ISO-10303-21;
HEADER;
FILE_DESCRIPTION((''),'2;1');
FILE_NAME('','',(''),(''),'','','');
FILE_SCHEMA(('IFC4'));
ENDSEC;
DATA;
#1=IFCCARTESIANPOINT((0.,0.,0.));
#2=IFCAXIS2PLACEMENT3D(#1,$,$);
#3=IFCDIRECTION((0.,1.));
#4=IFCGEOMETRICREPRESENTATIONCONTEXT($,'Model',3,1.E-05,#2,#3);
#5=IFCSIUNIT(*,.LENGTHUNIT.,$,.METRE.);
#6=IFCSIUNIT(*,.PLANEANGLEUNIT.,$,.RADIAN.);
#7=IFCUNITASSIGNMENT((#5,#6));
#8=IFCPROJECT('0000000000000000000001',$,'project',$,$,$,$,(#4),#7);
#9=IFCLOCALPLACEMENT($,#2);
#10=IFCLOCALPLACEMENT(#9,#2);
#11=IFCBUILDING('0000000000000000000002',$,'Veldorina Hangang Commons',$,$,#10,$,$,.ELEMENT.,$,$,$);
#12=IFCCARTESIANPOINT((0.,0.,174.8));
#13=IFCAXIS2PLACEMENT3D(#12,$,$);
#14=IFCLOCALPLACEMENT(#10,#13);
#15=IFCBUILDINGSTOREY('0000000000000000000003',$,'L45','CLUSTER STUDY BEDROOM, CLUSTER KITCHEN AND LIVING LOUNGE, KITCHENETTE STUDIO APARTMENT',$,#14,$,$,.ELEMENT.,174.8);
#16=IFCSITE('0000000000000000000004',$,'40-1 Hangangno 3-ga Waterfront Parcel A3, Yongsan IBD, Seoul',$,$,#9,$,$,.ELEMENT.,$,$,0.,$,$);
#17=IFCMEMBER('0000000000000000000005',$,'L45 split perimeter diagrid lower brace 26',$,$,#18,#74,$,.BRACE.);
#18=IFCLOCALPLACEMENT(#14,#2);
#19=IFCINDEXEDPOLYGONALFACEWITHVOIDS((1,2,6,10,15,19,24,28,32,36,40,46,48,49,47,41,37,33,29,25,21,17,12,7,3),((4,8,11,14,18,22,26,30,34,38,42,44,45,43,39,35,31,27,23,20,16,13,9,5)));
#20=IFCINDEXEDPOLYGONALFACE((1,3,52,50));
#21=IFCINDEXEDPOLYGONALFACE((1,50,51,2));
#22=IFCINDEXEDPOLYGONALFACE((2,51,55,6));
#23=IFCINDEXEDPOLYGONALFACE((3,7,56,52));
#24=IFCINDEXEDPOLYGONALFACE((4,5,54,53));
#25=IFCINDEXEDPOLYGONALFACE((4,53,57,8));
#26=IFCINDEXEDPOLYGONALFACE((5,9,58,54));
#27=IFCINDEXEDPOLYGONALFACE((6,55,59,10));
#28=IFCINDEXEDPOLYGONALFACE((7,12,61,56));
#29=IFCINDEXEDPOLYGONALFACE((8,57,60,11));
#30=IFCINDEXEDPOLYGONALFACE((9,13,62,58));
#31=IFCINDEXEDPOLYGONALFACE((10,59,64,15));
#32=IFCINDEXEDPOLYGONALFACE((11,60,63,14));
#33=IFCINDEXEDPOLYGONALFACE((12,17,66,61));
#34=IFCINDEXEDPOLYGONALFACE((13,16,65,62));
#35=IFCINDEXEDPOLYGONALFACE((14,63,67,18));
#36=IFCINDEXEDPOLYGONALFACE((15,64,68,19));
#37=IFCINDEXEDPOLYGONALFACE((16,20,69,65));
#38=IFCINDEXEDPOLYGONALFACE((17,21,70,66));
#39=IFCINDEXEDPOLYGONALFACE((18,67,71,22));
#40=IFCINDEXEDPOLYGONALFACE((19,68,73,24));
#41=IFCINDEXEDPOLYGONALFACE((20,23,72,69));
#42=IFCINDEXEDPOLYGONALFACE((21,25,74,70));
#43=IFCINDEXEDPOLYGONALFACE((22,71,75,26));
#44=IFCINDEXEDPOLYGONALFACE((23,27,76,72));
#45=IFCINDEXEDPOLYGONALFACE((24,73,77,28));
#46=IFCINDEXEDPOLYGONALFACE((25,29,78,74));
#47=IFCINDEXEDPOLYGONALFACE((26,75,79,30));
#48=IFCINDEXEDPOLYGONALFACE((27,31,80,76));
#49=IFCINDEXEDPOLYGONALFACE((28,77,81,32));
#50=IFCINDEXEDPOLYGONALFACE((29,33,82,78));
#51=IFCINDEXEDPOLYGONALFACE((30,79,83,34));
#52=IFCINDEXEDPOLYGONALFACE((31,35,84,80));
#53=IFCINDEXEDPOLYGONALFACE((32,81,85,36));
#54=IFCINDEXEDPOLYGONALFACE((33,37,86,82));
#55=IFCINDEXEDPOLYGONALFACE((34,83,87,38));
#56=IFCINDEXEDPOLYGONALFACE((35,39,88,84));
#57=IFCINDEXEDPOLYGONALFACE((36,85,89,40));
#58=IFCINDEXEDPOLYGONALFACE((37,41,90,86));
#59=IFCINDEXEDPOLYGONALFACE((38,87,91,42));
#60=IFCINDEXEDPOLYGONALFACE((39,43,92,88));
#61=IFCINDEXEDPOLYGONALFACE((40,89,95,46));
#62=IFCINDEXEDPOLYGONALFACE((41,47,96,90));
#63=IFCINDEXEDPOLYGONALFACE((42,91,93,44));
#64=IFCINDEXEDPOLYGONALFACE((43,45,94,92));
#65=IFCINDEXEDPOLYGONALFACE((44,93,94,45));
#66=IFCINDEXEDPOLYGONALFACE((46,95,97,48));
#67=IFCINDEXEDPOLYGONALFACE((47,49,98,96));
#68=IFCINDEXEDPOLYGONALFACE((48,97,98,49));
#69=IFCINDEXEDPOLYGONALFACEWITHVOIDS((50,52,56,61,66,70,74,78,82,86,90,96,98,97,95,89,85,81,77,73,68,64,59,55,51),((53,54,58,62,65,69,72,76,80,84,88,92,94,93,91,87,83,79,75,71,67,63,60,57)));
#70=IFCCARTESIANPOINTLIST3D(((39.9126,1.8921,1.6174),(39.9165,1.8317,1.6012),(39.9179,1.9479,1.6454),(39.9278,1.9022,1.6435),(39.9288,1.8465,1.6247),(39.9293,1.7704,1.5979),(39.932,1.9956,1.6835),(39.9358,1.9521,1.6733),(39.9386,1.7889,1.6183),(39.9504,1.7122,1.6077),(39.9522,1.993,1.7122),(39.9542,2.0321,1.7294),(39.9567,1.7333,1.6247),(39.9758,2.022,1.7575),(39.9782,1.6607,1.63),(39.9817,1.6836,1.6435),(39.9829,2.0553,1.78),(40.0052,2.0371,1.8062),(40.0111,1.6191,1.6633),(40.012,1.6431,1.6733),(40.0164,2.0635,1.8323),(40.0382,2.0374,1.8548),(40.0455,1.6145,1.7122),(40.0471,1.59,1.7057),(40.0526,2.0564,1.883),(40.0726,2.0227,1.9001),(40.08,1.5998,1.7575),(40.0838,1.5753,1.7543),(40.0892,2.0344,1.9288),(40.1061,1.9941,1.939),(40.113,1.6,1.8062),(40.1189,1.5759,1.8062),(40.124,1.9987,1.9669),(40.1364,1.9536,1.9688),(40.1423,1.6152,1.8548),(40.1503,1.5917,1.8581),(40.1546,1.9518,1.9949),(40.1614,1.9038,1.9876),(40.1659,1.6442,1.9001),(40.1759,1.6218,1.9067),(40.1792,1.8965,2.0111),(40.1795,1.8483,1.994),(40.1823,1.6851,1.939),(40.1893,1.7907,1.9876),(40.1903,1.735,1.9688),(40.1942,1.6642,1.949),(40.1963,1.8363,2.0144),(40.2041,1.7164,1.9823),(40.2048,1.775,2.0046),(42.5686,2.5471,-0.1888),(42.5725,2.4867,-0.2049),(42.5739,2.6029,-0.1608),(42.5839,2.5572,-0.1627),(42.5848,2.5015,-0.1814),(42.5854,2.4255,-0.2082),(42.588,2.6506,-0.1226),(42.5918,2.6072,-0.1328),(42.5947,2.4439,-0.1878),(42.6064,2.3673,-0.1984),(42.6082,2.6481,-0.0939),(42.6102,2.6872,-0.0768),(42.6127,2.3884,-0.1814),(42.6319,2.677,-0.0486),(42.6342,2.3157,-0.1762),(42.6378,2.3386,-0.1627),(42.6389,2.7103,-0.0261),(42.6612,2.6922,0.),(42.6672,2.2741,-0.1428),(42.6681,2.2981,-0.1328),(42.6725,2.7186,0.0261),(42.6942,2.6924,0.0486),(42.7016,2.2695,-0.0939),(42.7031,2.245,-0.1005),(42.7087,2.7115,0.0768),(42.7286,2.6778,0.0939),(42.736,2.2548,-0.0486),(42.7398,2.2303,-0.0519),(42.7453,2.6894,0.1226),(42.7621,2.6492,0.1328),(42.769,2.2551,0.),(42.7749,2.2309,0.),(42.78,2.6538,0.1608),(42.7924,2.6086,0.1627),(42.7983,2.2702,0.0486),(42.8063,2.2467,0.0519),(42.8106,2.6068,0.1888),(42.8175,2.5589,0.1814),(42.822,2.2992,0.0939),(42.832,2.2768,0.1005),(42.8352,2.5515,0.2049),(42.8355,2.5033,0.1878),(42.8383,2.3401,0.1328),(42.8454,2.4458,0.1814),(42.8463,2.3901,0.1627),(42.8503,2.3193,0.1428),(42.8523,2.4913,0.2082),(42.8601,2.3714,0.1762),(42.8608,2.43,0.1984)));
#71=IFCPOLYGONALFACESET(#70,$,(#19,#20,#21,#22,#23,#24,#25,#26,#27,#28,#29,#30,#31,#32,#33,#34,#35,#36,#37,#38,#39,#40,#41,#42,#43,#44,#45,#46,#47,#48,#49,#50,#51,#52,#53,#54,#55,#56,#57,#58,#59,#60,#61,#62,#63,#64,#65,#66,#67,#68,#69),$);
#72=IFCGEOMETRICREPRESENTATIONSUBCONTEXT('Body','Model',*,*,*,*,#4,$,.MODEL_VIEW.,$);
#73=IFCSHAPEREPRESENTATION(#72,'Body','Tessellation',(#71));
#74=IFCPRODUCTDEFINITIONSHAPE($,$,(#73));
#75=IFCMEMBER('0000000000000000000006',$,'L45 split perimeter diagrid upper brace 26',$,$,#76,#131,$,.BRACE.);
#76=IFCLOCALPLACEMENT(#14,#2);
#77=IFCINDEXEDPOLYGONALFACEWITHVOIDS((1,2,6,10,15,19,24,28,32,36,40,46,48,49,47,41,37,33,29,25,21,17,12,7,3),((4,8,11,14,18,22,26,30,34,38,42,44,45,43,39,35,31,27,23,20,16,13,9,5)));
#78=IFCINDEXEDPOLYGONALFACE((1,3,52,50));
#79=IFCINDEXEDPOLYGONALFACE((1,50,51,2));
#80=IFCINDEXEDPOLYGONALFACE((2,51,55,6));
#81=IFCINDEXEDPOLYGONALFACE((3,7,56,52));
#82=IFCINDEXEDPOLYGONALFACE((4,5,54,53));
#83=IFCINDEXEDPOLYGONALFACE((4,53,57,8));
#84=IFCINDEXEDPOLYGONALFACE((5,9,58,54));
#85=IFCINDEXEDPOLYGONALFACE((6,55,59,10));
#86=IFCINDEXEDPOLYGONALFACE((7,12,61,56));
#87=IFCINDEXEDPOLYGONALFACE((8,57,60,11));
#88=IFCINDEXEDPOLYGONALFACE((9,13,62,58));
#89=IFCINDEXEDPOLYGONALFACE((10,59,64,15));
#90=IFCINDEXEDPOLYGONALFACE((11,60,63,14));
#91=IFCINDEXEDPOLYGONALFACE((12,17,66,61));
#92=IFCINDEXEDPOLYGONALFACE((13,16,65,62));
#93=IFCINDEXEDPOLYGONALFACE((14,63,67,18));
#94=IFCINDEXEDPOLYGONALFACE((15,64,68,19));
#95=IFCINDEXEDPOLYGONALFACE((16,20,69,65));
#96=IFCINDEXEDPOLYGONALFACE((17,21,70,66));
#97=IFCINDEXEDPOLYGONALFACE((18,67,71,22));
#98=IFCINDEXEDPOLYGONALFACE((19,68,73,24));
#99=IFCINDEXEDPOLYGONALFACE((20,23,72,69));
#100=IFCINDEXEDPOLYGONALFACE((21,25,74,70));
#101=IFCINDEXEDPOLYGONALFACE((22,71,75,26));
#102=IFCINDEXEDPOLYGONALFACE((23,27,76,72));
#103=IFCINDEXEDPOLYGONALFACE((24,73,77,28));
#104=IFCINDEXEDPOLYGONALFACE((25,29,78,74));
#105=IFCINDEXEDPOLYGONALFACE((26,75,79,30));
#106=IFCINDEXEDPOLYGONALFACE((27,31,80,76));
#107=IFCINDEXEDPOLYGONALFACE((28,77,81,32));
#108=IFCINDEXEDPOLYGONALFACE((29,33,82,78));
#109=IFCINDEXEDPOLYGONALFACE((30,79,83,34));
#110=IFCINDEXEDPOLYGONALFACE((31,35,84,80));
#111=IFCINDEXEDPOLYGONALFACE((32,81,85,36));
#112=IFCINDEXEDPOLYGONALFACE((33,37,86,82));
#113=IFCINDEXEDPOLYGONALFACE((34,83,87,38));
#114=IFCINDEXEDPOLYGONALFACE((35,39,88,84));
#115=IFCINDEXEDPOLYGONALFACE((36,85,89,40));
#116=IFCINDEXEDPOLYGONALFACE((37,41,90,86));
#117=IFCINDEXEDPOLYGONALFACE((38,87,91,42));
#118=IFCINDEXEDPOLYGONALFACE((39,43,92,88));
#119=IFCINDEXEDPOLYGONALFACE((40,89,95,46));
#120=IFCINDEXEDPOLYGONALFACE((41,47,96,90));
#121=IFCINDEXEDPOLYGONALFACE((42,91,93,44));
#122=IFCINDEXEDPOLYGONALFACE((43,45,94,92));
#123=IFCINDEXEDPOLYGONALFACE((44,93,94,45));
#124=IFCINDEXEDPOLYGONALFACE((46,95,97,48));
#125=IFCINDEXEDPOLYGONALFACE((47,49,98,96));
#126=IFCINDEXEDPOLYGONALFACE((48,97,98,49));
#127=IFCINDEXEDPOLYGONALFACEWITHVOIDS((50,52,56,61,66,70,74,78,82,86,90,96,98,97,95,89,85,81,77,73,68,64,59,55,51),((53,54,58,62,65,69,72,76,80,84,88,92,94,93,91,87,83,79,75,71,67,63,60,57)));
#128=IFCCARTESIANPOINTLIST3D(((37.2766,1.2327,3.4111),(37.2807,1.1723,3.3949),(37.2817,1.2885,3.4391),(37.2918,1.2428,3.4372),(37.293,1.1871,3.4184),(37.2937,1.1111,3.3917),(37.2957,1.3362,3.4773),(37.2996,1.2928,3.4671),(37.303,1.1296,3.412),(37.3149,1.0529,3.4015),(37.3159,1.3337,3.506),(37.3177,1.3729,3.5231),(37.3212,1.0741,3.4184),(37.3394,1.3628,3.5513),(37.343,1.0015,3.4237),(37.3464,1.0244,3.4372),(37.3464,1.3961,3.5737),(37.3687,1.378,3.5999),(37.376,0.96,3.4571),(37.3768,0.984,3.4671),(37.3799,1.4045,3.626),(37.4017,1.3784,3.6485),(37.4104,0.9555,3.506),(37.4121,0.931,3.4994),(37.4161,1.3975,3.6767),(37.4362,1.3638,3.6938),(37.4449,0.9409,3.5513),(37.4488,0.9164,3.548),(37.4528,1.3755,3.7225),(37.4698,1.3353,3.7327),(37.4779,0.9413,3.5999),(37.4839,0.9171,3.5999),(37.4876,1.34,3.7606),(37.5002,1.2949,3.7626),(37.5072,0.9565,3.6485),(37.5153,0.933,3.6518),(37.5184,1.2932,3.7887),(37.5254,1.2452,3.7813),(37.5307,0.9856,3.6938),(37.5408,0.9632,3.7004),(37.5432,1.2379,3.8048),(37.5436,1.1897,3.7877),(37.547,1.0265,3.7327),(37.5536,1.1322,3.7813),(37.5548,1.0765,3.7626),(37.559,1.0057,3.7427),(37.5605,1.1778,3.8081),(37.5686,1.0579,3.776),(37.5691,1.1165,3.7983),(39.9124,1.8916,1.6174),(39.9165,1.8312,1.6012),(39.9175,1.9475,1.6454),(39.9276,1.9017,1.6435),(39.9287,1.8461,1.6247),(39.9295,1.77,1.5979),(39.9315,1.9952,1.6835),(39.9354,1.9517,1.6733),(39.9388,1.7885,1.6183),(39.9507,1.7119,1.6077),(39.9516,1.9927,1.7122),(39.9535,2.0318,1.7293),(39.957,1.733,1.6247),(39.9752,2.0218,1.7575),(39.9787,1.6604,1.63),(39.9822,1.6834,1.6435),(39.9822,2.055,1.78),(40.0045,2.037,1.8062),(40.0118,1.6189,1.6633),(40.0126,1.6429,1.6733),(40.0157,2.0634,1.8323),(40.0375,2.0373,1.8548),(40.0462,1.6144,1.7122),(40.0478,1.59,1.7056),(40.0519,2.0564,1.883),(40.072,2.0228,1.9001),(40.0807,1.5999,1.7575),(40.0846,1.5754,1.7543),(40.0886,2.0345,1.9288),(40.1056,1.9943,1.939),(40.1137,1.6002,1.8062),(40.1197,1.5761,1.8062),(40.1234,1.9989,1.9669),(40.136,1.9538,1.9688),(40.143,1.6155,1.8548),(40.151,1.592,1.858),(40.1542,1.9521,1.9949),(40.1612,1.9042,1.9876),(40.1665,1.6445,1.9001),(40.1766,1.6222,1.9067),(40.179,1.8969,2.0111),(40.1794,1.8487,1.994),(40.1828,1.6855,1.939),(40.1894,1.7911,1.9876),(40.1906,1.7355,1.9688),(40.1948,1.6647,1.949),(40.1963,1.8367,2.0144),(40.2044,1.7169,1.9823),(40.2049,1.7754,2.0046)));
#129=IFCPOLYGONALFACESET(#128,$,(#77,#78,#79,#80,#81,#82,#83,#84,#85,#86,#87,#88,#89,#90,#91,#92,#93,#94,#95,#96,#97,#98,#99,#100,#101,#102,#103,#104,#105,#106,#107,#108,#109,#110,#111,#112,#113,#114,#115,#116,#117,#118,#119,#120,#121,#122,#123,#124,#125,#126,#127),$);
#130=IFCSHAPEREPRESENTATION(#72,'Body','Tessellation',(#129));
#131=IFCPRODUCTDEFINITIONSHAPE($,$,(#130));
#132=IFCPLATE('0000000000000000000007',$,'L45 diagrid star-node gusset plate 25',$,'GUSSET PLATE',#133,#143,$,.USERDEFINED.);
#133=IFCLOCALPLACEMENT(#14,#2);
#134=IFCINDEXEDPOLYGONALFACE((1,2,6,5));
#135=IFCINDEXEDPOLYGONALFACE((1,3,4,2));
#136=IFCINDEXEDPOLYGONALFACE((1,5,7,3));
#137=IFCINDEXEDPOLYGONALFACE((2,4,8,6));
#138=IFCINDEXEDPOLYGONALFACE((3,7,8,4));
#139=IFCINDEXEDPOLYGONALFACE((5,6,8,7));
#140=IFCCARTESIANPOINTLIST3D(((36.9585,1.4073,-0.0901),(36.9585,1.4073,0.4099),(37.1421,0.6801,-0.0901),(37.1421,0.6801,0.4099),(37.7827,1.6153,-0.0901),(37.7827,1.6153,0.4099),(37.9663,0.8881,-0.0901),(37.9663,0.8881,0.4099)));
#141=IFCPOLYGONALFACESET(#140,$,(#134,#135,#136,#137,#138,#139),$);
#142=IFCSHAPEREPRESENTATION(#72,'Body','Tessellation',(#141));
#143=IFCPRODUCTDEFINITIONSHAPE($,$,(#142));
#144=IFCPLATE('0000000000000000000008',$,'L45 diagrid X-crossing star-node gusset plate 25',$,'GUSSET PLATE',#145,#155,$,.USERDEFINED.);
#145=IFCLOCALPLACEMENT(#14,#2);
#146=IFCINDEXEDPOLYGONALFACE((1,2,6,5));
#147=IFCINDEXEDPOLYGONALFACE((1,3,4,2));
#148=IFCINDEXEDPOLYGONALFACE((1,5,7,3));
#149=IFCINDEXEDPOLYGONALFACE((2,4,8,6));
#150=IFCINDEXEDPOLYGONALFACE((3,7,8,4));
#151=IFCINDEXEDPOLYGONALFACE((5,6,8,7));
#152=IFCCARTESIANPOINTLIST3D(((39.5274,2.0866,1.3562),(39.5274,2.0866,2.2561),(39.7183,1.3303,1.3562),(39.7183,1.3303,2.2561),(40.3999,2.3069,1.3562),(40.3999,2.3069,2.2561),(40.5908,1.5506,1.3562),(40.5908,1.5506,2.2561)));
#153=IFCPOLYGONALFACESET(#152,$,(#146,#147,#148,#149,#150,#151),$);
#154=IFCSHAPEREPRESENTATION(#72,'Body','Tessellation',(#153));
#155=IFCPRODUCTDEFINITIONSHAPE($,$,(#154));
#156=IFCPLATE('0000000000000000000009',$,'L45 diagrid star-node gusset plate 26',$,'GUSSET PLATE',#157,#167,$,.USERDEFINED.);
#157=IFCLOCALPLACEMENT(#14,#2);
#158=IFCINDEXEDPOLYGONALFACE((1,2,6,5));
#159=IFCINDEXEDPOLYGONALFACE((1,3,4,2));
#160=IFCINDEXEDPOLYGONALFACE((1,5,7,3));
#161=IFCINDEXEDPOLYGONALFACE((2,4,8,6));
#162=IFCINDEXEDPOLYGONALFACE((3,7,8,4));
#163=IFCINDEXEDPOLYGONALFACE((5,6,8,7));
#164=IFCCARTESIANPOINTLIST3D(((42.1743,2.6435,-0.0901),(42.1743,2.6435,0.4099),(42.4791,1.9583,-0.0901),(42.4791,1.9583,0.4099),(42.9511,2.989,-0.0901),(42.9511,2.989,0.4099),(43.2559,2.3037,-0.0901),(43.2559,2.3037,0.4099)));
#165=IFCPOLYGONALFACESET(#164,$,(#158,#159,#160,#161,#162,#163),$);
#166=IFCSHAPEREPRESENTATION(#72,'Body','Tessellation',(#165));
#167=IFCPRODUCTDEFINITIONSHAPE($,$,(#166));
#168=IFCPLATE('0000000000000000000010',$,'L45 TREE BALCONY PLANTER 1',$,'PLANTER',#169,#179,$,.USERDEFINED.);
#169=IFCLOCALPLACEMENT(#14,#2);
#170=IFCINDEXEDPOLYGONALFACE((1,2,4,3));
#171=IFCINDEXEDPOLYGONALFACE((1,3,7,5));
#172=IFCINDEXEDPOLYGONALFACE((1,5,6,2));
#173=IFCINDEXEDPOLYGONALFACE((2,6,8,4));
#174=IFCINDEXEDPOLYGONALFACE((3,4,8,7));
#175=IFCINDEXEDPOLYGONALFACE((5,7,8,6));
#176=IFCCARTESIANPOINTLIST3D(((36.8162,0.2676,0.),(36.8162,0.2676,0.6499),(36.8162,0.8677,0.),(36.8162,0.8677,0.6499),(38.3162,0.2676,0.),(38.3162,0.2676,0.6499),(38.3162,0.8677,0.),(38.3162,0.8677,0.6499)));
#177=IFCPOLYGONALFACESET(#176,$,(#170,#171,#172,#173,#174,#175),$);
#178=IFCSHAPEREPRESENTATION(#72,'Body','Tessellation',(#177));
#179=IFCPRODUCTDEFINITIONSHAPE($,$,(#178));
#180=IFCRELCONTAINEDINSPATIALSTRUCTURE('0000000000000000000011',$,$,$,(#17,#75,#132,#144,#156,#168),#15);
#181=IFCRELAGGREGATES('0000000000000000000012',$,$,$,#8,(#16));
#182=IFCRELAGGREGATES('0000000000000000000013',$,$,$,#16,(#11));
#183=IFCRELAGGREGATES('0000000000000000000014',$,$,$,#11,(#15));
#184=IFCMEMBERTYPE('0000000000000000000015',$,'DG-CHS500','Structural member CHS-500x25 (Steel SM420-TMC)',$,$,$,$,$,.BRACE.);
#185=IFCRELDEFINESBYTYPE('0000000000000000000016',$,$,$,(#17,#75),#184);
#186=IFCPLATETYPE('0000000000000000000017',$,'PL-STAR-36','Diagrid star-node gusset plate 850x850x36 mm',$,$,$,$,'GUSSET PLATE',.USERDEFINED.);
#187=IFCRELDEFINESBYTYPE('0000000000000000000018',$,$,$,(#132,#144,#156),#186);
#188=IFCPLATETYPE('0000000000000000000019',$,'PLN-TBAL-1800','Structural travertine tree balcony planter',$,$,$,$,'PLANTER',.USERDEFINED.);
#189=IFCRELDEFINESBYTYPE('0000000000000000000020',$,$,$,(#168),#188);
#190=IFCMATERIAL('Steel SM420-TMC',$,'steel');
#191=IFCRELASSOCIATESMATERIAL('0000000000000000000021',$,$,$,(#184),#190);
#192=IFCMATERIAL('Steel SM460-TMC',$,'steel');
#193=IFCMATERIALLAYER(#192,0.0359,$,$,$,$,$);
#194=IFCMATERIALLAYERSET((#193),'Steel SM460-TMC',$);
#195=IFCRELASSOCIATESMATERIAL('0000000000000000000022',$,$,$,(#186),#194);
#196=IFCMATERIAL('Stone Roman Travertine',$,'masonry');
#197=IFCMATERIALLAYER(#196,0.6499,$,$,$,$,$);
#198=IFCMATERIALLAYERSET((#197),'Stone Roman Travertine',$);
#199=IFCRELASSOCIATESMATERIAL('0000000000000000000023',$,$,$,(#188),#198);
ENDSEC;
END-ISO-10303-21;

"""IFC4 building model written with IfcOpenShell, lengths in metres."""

from ifc_helpers import new_model, si_unit, direction, frame, origin, origin_2d, place, context, subcontext, project, spatial, rectangle, hollow_circle, extrude, material, layer, layer_set, material_profile, profile_set, type_object, element, save


model = new_model("IFC4")

# Units and contexts
model_context = context("Model", 3, precision=1e-05, world=origin(), true_north=direction((0.0, 1.0)))
body_context = subcontext(model_context, "Body", "Model", "MODEL_VIEW")
ifc_project = project(units=[si_unit("LENGTHUNIT", "METRE"), si_unit("PLANEANGLEUNIT", "RADIAN")], contexts=[model_context])

# Site, building, storey
site_placement = place(None, origin())
site = spatial("IfcSite", under=ifc_project, at=site_placement, Name="40-1 Hangangno 3-ga Waterfront Parcel A3, Yongsan IBD, Seoul", CompositionType="ELEMENT", RefElevation=0.0)
building_placement = place(site_placement, origin())
building = spatial("IfcBuilding", under=site, at=building_placement, Name="Veldorina Hangang Commons", CompositionType="ELEMENT")
storey_placement = place(building_placement, frame((0.0, 0.0, 174.8)))
storey = spatial("IfcBuildingStorey", under=building, at=storey_placement, Name="L45", Description="CLUSTER STUDY BEDROOM, CLUSTER KITCHEN AND LIVING LOUNGE, KITCHENETTE STUDIO APARTMENT", CompositionType="ELEMENT", Elevation=174.8)

# Shared definitions
ifc_material_1 = material(Name="Steel SM420-TMC", Category="steel")

# Members
ifc_material_profile_1 = material_profile(ifc_material_1, hollow_circle(Radius=0.25, WallThickness=0.0249, at=origin_2d()), Name="CHS-500x25")
ifc_profile_set_1 = profile_set([ifc_material_profile_1], Name="Steel SM420-TMC")
member_type_1 = type_object("IfcMemberType", Name="DG-CHS500", Description="Structural member CHS-500x25 (Steel SM420-TMC)", PredefinedType="BRACE", material=ifc_profile_set_1)
member_1_placement = place(storey_placement, frame((42.7151, 2.4736, 0.0), z_axis=(-0.810239, -0.199823, 0.550984), x_axis=(0.239448, -0.970909, 0.0)))
element("IfcMember", 1, at=member_1_placement, inside=storey, type_object=member_type_1, Name="L45 split perimeter diagrid lower brace 26", PredefinedType="BRACE", context=body_context, shape_type="SweptSolid", body=[
    extrude(hollow_circle(Radius=0.25, WallThickness=0.0249, at=origin_2d()), origin(), (0.0, 0.0, 1.0), 3.2781),
])
member_2_placement = place(storey_placement, frame((40.0591, 1.8186, 1.8062), z_axis=(-0.809612, -0.202403, 0.550965), x_axis=(0.242536, -0.970143, 0.0)))
element("IfcMember", 2, at=member_2_placement, inside=storey, type_object=member_type_1, Name="L45 split perimeter diagrid upper brace 26", PredefinedType="BRACE", context=body_context, shape_type="SweptSolid", body=[
    extrude(hollow_circle(Radius=0.25, WallThickness=0.0249, at=origin_2d()), origin(), (0.0, 0.0, 1.0), 3.2556),
])

# Plates
ifc_material_2 = material(Name="Steel SM460-TMC", Category="steel")
ifc_layer_1 = layer(ifc_material_2, 0.0359)
ifc_layer_set_1 = layer_set([ifc_layer_1], Name="Steel SM460-TMC")
plate_type_1 = type_object("IfcPlateType", Name="PL-STAR-36", Description="Diagrid star-node gusset plate 850x850x36 mm", ElementType="GUSSET PLATE", PredefinedType="USERDEFINED", material=ifc_layer_set_1)
plate_1_placement = place(storey_placement, frame((37.4624, 1.1477, -0.0901), z_axis=(0.0, 0.0, 1.0), x_axis=(0.969586, 0.244749, 0.0)))
element("IfcPlate", 3, at=plate_1_placement, inside=storey, type_object=plate_type_1, Name="L45 diagrid star-node gusset plate 25", ObjectType="GUSSET PLATE", PredefinedType="USERDEFINED", context=body_context, shape_type="SweptSolid", body=[
    extrude(rectangle(XDim=0.8501, YDim=0.75, at=origin_2d()), origin(), (0.0, 0.0, 1.0), 0.5),
])
plate_2_placement = place(storey_placement, frame((40.0591, 1.8186, 1.3562), z_axis=(0.0, 0.0, 1.0), x_axis=(0.969586, 0.244749, 0.0)))
element("IfcPlate", 4, at=plate_2_placement, inside=storey, type_object=plate_type_1, Name="L45 diagrid X-crossing star-node gusset plate 25", ObjectType="GUSSET PLATE", PredefinedType="USERDEFINED", context=body_context, shape_type="SweptSolid", body=[
    extrude(rectangle(XDim=0.8999, YDim=0.78, at=origin_2d()), origin(), (0.0, 0.0, 1.0), 0.8999),
])
plate_3_placement = place(storey_placement, frame((42.7151, 2.4736, -0.0901), z_axis=(0.0, 0.0, 1.0), x_axis=(0.913694, 0.406402, 0.0)))
element("IfcPlate", 5, at=plate_3_placement, inside=storey, type_object=plate_type_1, Name="L45 diagrid star-node gusset plate 26", ObjectType="GUSSET PLATE", PredefinedType="USERDEFINED", context=body_context, shape_type="SweptSolid", body=[
    extrude(rectangle(XDim=0.8501, YDim=0.75, at=origin_2d()), origin(), (0.0, 0.0, 1.0), 0.5),
])
ifc_material_3 = material(Name="Stone Roman Travertine", Category="masonry")
ifc_layer_2 = layer(ifc_material_3, 0.6499)
ifc_layer_set_2 = layer_set([ifc_layer_2], Name="Stone Roman Travertine")
plate_type_2 = type_object("IfcPlateType", Name="PLN-TBAL-1800", Description="Structural travertine tree balcony planter", ElementType="PLANTER", PredefinedType="USERDEFINED", material=ifc_layer_set_2)
plate_4_placement = place(storey_placement, frame((37.5662, 0.5676, 0.0), z_axis=(0.0, 0.0, 1.0), x_axis=(1.0, 0.0, 0.0)))
element("IfcPlate", 6, at=plate_4_placement, inside=storey, type_object=plate_type_2, Name="L45 TREE BALCONY PLANTER 1", ObjectType="PLANTER", PredefinedType="USERDEFINED", context=body_context, shape_type="SweptSolid", body=[
    extrude(rectangle(XDim=1.5, YDim=0.6001, at=origin_2d()), origin(), (0.0, 0.0, 1.0), 0.6499),
])

save(model, "model.ifc")
